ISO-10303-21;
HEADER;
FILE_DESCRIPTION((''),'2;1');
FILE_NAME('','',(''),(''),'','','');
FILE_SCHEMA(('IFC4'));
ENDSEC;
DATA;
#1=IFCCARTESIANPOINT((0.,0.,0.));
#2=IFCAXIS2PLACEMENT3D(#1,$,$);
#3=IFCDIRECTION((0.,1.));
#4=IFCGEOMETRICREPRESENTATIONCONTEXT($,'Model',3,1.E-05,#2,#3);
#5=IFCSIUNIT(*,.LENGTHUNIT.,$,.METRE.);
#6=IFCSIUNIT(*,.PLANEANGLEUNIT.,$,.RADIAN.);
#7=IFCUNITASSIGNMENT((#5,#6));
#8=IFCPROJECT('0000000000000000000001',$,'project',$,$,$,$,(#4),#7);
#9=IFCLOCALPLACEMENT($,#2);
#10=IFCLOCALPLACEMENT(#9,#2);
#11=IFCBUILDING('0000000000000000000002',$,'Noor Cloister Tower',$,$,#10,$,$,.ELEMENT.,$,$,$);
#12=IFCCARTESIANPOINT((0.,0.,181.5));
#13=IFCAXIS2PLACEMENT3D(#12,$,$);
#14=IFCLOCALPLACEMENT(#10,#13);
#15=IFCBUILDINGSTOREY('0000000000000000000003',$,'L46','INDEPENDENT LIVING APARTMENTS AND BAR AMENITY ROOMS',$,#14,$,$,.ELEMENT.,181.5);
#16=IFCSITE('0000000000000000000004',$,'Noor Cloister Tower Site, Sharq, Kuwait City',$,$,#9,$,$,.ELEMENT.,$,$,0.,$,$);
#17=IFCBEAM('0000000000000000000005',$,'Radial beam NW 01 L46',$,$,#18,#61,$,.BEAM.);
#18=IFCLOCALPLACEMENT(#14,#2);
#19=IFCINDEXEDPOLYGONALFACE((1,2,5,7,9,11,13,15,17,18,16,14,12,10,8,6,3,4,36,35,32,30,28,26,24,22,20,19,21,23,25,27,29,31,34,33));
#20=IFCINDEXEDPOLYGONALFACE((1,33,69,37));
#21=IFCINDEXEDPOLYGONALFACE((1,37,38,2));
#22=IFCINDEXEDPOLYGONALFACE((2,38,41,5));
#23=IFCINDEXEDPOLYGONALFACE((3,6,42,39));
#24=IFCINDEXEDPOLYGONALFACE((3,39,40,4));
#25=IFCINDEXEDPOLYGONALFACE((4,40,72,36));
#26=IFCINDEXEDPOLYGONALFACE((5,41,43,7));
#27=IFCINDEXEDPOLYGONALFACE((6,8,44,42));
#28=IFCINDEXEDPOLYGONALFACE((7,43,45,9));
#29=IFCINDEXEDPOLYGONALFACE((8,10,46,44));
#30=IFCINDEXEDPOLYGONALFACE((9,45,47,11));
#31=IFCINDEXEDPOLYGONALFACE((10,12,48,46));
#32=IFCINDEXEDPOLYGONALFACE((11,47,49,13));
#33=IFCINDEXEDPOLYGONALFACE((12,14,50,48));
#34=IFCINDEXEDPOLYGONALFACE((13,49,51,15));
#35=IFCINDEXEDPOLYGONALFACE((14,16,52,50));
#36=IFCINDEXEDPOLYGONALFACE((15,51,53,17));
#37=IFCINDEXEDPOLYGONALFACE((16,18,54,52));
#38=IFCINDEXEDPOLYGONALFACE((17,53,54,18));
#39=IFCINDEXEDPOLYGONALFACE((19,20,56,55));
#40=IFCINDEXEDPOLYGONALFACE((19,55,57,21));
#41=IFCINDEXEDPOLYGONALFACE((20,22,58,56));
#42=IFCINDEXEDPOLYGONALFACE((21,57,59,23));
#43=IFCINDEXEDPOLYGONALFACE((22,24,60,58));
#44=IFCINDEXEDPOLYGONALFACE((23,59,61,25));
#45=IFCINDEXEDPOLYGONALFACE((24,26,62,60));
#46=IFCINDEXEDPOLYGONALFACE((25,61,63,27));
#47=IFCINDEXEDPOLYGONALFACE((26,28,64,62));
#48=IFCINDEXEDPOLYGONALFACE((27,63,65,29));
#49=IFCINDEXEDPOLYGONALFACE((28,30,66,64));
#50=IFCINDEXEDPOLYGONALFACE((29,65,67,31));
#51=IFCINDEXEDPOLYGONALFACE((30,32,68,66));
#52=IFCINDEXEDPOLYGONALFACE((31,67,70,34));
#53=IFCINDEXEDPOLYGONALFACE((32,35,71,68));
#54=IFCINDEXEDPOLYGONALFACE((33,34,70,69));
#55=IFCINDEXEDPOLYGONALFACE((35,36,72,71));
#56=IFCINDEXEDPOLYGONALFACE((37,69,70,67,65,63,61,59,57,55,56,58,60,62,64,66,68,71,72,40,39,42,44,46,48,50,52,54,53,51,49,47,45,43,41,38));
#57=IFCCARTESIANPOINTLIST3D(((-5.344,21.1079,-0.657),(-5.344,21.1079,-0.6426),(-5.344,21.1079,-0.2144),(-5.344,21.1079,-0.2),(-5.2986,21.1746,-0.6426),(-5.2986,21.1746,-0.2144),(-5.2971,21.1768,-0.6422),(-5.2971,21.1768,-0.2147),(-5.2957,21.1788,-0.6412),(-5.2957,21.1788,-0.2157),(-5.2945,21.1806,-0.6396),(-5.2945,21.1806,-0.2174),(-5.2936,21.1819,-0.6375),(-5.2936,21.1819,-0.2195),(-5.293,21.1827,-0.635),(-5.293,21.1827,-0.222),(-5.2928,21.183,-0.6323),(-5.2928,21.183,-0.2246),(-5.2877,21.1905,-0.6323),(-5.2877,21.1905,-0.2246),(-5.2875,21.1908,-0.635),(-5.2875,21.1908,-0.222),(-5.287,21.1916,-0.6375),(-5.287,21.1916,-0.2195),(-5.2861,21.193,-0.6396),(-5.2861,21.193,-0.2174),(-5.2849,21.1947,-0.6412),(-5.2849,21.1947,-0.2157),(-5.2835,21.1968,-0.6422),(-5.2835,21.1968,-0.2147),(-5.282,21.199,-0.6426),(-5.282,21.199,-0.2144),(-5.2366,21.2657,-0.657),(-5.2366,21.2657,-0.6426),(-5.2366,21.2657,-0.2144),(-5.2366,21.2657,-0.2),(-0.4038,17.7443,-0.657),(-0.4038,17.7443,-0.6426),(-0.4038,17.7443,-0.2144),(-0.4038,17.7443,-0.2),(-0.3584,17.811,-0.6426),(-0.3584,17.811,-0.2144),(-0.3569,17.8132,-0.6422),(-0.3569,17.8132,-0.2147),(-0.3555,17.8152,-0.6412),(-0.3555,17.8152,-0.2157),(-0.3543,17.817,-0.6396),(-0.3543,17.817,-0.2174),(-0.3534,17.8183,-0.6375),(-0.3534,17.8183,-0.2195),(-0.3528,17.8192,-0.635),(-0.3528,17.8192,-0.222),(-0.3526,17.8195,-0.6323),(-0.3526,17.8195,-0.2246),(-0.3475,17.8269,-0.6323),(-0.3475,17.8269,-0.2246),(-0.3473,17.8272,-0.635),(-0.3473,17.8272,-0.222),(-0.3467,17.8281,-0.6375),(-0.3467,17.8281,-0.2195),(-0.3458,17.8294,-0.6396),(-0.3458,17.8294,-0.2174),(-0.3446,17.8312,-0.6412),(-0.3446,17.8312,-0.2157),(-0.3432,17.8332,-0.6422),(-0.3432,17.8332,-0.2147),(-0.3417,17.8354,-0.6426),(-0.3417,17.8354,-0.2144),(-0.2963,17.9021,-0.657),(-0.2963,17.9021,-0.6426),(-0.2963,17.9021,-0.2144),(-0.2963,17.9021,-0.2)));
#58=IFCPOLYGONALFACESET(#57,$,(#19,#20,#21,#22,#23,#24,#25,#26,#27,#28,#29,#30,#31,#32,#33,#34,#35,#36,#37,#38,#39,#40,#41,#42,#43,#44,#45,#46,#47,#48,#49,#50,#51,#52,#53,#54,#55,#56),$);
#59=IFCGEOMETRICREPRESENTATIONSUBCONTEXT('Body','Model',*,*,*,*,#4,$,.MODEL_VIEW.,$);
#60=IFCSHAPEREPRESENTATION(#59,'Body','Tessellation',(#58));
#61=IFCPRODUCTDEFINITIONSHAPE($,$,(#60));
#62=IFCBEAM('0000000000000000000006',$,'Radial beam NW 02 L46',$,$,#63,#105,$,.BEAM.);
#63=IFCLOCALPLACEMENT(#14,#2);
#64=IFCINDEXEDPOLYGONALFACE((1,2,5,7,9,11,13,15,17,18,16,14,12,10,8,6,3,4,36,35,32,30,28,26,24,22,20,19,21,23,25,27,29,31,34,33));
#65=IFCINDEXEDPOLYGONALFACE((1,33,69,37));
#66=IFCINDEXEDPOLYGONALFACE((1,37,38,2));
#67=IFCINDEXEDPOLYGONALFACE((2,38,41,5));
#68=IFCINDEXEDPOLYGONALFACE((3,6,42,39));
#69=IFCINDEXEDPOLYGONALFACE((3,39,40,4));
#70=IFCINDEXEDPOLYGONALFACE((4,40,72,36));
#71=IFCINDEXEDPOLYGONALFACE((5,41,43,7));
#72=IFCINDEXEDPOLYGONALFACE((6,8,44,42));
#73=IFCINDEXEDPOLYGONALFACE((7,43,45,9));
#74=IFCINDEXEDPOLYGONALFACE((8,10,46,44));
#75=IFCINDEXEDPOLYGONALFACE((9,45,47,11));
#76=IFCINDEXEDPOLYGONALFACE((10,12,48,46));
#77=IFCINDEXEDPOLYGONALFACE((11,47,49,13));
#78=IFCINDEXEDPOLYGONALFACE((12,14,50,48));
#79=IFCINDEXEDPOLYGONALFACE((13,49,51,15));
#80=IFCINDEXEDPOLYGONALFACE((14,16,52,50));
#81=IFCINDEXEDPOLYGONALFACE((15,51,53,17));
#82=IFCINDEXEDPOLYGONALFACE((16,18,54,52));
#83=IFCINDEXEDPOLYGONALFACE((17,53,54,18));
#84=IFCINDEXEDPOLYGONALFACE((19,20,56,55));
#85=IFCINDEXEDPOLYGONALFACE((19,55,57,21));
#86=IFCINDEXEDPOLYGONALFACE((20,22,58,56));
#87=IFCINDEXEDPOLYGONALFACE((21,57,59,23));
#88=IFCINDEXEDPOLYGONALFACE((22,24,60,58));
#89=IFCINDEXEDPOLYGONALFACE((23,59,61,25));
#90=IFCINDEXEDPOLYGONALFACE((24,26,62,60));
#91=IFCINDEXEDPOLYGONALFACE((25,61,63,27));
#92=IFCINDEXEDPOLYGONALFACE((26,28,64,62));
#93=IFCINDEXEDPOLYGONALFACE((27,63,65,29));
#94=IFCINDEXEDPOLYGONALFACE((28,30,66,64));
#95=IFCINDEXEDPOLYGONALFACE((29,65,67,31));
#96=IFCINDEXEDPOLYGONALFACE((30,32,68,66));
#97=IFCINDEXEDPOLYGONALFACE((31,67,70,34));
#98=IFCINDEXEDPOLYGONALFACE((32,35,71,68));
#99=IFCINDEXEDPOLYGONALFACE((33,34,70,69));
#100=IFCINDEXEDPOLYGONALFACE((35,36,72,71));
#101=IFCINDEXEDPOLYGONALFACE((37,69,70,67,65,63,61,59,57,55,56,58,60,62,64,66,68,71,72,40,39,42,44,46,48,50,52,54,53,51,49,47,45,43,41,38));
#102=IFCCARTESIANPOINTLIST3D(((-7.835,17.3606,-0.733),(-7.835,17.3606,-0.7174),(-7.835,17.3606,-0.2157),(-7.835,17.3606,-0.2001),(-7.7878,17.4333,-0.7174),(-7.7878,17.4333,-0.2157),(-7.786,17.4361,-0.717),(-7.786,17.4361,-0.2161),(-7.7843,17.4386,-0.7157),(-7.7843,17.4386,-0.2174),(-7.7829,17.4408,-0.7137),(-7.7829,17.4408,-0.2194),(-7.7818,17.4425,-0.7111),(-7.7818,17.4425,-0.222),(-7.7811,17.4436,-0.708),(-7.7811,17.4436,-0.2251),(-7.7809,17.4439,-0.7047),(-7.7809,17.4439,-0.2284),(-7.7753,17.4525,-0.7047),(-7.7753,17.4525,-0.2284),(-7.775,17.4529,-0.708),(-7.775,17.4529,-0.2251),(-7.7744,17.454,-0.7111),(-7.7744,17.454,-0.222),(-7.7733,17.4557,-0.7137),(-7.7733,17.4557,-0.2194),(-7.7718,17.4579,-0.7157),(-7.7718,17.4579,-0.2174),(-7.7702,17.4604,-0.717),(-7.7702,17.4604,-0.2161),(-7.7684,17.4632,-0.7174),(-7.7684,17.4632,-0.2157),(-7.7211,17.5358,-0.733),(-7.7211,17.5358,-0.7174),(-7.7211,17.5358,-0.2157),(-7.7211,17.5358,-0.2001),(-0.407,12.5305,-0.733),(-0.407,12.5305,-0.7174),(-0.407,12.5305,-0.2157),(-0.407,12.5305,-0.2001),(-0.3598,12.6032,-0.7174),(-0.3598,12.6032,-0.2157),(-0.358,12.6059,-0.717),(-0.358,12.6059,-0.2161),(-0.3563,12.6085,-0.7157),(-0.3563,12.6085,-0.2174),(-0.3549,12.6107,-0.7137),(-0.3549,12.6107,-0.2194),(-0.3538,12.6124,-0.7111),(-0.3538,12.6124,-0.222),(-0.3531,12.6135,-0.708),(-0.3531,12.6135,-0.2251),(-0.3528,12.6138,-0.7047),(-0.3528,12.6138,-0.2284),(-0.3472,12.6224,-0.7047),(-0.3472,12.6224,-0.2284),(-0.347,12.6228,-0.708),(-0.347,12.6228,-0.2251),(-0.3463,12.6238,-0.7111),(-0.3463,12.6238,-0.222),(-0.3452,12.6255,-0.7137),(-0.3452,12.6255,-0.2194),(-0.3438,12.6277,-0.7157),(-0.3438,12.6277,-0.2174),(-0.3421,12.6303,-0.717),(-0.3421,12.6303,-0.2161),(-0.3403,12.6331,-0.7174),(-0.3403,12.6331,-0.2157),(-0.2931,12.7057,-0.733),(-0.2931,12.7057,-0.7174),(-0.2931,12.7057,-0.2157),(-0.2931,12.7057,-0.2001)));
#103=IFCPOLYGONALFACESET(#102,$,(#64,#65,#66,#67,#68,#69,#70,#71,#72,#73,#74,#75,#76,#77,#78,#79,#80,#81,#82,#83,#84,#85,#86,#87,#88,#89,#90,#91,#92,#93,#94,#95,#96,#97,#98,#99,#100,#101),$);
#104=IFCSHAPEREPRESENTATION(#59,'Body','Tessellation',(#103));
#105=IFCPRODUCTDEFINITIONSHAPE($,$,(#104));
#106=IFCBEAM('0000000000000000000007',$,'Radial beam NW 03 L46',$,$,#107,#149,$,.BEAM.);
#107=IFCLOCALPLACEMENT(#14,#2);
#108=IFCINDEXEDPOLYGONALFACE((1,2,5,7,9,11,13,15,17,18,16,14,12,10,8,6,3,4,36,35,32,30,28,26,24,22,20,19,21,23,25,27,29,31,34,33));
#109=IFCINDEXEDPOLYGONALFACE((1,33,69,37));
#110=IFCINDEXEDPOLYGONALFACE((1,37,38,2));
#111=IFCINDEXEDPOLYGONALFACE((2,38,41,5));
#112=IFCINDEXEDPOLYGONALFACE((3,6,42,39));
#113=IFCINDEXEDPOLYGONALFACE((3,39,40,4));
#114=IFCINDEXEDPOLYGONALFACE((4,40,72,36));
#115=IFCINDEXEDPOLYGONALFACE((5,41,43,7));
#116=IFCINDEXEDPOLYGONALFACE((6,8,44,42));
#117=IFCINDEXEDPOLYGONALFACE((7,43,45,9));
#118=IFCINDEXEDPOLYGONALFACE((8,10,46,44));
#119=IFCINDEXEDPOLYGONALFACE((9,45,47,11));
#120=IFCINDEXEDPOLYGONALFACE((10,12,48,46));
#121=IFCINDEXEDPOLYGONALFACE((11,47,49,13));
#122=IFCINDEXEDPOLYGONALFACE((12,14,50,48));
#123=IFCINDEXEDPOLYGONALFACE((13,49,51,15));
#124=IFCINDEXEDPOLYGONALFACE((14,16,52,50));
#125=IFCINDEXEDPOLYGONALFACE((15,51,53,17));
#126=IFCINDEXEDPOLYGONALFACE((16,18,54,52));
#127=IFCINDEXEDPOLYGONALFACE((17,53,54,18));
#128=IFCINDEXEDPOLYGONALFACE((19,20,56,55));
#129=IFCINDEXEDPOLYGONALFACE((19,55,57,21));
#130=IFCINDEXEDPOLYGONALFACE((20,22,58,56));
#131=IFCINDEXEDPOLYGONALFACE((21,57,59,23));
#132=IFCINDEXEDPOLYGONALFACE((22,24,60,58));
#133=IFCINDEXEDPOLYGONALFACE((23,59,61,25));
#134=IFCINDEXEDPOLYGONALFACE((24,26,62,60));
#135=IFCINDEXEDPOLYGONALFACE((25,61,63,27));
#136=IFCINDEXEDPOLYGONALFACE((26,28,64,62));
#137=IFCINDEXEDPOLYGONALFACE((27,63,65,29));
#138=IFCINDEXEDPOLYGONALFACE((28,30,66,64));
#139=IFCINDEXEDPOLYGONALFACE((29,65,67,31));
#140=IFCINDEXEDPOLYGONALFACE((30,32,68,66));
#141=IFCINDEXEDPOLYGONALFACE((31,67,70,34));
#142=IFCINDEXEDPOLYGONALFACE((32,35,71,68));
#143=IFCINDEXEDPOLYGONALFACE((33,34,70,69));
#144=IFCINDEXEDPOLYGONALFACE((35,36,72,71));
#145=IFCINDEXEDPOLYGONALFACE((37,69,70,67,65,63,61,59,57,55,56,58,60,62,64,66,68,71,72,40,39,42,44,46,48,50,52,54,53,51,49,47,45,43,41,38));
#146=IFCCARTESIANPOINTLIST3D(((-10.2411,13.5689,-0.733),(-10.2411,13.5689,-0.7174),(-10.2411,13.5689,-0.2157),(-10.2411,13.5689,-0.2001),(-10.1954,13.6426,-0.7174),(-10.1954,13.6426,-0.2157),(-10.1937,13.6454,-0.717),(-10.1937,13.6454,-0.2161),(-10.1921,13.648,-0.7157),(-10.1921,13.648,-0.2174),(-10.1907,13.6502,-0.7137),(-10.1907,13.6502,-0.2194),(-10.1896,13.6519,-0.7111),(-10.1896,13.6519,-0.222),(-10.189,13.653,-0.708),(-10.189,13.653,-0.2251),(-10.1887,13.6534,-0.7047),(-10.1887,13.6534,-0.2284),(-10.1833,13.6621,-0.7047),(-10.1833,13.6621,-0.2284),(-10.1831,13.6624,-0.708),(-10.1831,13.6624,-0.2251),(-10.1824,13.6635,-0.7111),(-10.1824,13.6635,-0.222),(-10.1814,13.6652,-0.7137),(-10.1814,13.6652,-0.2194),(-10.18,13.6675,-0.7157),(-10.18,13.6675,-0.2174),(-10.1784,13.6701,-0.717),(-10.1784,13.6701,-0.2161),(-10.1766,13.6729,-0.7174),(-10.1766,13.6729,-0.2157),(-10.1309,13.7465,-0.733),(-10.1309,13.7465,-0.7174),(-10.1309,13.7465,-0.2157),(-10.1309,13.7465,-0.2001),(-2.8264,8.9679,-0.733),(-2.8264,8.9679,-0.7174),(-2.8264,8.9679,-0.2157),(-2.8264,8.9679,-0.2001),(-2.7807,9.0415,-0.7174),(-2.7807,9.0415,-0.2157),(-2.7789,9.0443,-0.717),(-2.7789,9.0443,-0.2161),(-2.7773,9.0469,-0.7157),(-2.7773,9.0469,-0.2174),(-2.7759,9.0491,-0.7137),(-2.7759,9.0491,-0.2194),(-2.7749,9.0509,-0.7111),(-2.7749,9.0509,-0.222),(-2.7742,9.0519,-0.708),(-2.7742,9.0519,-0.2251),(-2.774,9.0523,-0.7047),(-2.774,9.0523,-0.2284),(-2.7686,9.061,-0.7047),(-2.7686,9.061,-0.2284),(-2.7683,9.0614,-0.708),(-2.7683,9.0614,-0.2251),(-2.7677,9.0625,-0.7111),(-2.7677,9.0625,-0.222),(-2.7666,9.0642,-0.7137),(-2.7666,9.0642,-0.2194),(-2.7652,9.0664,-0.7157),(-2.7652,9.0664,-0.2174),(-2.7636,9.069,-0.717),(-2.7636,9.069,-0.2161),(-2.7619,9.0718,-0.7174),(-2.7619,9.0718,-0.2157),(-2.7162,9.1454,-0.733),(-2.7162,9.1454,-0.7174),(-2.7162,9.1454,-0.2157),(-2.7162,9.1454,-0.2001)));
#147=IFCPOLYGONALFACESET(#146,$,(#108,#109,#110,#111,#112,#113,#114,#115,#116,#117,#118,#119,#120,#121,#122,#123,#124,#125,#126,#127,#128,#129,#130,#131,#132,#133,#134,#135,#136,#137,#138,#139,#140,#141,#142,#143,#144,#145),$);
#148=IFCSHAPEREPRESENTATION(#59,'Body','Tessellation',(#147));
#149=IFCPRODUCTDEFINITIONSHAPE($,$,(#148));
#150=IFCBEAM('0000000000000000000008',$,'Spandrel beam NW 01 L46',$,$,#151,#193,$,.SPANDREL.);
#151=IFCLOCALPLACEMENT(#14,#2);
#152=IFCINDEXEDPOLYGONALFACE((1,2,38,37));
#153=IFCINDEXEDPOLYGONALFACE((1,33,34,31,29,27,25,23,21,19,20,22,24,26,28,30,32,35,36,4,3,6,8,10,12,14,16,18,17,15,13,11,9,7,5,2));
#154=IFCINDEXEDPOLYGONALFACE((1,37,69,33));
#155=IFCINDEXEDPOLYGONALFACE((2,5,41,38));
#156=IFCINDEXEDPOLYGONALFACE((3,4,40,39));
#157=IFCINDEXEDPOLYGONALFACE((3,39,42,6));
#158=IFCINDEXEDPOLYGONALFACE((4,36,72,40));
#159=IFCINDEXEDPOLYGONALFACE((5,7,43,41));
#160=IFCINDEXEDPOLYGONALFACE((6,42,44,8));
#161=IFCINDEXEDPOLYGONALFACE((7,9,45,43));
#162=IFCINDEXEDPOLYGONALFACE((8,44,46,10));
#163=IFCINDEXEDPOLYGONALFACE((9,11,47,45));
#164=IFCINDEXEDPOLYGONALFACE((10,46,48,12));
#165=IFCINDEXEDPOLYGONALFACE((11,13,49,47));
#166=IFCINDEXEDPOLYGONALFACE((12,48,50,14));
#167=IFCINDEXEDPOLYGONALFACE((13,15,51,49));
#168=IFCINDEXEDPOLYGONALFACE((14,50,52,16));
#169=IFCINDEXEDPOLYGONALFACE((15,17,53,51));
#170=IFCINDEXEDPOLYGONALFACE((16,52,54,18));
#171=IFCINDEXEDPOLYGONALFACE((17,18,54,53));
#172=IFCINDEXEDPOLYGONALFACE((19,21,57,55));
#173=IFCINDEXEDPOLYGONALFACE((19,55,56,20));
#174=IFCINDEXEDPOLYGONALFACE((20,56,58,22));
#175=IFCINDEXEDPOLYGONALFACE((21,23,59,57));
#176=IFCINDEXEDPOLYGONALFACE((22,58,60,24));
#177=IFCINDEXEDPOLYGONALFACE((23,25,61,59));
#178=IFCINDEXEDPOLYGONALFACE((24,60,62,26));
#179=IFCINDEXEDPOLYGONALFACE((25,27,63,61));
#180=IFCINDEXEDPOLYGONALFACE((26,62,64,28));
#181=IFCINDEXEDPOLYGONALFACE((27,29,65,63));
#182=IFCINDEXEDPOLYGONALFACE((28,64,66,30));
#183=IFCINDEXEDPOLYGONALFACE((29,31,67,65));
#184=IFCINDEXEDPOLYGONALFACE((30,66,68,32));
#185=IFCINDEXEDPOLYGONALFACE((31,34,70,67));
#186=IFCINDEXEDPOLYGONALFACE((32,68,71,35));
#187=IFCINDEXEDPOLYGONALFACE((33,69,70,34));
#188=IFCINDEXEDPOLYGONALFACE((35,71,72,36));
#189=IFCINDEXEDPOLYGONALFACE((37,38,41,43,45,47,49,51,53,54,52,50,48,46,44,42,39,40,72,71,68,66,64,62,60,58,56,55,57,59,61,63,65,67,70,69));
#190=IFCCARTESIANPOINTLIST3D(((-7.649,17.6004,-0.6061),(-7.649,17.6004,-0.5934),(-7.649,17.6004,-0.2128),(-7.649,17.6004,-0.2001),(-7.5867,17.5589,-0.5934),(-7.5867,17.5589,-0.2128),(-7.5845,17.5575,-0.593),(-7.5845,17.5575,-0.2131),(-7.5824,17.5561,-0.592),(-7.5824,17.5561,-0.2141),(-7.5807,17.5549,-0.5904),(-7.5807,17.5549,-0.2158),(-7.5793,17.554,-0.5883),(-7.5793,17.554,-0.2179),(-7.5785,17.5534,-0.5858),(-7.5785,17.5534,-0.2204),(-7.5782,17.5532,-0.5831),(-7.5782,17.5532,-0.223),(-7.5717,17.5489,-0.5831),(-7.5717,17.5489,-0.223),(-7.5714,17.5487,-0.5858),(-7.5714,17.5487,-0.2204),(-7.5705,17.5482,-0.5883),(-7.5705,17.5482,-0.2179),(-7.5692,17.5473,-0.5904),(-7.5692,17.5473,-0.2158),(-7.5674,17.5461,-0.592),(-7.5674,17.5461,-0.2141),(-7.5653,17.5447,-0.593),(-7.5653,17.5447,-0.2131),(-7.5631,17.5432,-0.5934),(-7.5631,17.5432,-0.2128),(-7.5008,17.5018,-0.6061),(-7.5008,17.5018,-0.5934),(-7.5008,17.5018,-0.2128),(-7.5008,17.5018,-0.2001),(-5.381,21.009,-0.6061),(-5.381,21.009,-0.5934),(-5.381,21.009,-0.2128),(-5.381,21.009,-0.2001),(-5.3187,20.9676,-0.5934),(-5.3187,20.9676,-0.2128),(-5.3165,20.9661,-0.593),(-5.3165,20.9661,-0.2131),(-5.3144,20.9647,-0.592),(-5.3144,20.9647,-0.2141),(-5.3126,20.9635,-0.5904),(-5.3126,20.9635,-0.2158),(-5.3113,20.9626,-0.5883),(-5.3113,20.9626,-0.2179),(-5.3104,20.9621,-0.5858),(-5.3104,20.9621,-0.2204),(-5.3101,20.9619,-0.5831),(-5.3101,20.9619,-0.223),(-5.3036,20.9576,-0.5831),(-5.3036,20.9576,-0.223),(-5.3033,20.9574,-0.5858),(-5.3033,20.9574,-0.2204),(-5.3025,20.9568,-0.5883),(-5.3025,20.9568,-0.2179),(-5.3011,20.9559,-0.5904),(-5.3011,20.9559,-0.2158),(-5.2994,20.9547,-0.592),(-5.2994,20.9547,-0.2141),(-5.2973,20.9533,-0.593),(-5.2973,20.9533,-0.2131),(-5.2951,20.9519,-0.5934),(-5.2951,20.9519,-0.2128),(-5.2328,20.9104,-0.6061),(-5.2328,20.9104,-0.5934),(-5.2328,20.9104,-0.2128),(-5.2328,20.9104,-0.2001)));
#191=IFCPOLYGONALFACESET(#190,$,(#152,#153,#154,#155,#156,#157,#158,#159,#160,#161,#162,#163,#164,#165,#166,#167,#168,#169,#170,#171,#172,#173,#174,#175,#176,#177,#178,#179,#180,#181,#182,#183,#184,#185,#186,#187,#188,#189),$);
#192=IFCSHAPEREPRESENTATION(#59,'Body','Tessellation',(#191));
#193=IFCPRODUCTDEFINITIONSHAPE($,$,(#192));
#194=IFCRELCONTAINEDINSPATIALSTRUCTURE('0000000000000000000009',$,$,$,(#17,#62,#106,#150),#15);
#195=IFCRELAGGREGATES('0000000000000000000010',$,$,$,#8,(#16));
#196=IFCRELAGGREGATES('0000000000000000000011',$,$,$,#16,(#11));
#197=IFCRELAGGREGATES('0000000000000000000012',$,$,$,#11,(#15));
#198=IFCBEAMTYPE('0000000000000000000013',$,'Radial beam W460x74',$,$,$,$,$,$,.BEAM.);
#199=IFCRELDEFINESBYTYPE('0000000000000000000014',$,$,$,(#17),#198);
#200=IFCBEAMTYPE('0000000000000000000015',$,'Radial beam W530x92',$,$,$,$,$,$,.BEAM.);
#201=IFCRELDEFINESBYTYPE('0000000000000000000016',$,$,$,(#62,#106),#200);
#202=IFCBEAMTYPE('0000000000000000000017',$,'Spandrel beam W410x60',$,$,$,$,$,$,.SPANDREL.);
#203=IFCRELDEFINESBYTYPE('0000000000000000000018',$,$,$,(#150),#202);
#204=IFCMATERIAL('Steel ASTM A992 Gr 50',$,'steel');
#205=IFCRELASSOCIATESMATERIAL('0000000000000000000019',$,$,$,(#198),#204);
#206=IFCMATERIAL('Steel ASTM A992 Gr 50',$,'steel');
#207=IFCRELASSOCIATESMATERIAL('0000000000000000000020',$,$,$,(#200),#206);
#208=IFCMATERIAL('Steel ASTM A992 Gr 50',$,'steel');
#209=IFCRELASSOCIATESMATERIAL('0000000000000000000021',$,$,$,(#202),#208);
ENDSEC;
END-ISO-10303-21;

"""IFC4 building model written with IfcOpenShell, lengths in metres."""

from ifc_helpers import new_model, si_unit, direction, frame, origin, origin_2d, place, context, subcontext, project, spatial, i_section, extrude, material, material_profile, profile_set, type_object, element, save


model = new_model("IFC4")

# Units and contexts
model_context = context("Model", 3, precision=1e-05, world=origin(), true_north=direction((0.0, 1.0)))
body_context = subcontext(model_context, "Body", "Model", "MODEL_VIEW")
ifc_project = project(units=[si_unit("LENGTHUNIT", "METRE"), si_unit("PLANEANGLEUNIT", "RADIAN")], contexts=[model_context])

# Site, building, storey
site_placement = place(None, origin())
site = spatial("IfcSite", under=ifc_project, at=site_placement, Name="Noor Cloister Tower Site, Sharq, Kuwait City", CompositionType="ELEMENT", RefElevation=0.0)
building_placement = place(site_placement, origin())
building = spatial("IfcBuilding", under=site, at=building_placement, Name="Noor Cloister Tower", CompositionType="ELEMENT")
storey_placement = place(building_placement, frame((0.0, 0.0, 181.5)))
storey = spatial("IfcBuildingStorey", under=building, at=storey_placement, Name="L46", Description="INDEPENDENT LIVING APARTMENTS AND BAR AMENITY ROOMS", CompositionType="ELEMENT", Elevation=181.5)

# Beams
ifc_material_1 = material(Name="Steel ASTM A992 Gr 50", Category="steel")
ifc_material_profile_1 = material_profile(ifc_material_1, i_section(OverallWidth=0.1909, OverallDepth=0.457, WebThickness=0.009, FlangeThickness=0.0144, FilletRadius=0.0103, at=origin_2d()), Name="W460x74")
ifc_profile_set_1 = profile_set([ifc_material_profile_1], Name="Steel ASTM A992 Gr 50")
beam_type_1 = type_object("IfcBeamType", Name="Radial beam W460x74", PredefinedType="BEAM", material=ifc_profile_set_1)
beam_1_placement = place(storey_placement, frame((-5.2903, 21.1868, -0.4285), z_axis=(0.8266, -0.56279, 0.0), x_axis=(0.56279, 0.8266, 0.0)))
element("IfcBeam", 1, at=beam_1_placement, inside=storey, type_object=beam_type_1, Name="Radial beam NW 01 L46", PredefinedType="BEAM", context=body_context, shape_type="SweptSolid", body=[
    extrude(i_section(OverallWidth=0.1909, OverallDepth=0.457, WebThickness=0.009, FlangeThickness=0.0144, FilletRadius=0.0103, at=origin_2d()), origin(), (0.0, 0.0, 1.0), 5.9766),
])
ifc_material_2 = material(Name="Steel ASTM A992 Gr 50", Category="steel")
ifc_material_profile_2 = material_profile(ifc_material_2, i_section(OverallWidth=0.209, OverallDepth=0.533, WebThickness=0.0103, FlangeThickness=0.0156, FilletRadius=0.0127, at=origin_2d()), Name="W530x92")
ifc_profile_set_2 = profile_set([ifc_material_profile_2], Name="Steel ASTM A992 Gr 50")
beam_type_2 = type_object("IfcBeamType", Name="Radial beam W530x92", PredefinedType="BEAM", material=ifc_profile_set_2)
beam_2_placement = place(storey_placement, frame((-7.7781, 17.4482, -0.4666), z_axis=(0.838346, -0.545138, 0.0), x_axis=(0.545138, 0.838346, 0.0)))
element("IfcBeam", 2, at=beam_2_placement, inside=storey, type_object=beam_type_2, Name="Radial beam NW 02 L46", PredefinedType="BEAM", context=body_context, shape_type="SweptSolid", body=[
    extrude(i_section(OverallWidth=0.209, OverallDepth=0.533, WebThickness=0.0103, FlangeThickness=0.0156, FilletRadius=0.0127, at=origin_2d()), origin(), (0.0, 0.0, 1.0), 8.8604),
])
beam_3_placement = place(storey_placement, frame((-10.186, 13.6577, -0.4666), z_axis=(0.849702, -0.527263, 0.0), x_axis=(0.527263, 0.849702, 0.0)))
element("IfcBeam", 3, at=beam_3_placement, inside=storey, type_object=beam_type_2, Name="Radial beam NW 03 L46", PredefinedType="BEAM", context=body_context, shape_type="SweptSolid", body=[
    extrude(i_section(OverallWidth=0.209, OverallDepth=0.533, WebThickness=0.0103, FlangeThickness=0.0156, FilletRadius=0.0127, at=origin_2d()), origin(), (0.0, 0.0, 1.0), 8.7263),
])
ifc_material_3 = material(Name="Steel ASTM A992 Gr 50", Category="steel")
ifc_material_profile_3 = material_profile(ifc_material_3, i_section(OverallWidth=0.178, OverallDepth=0.406, WebThickness=0.0078, FlangeThickness=0.0127, FilletRadius=0.0103, at=origin_2d()), Name="W410x60")
ifc_profile_set_3 = profile_set([ifc_material_profile_3], Name="Steel ASTM A992 Gr 50")
beam_type_3 = type_object("IfcBeamType", Name="Spandrel beam W410x60", PredefinedType="SPANDREL", material=ifc_profile_set_3)
for number, where, z_axis, x_axis, name in (
    (4, (-5.3069, 20.9597, -0.4031), (-0.553957, -0.832545, 0.0), (0.832545, -0.553957, 0.0), "Spandrel beam NW 01 L46"),
):
    element("IfcBeam", number, at=place(storey_placement, frame(where, z_axis=z_axis, x_axis=x_axis)), inside=storey, type_object=beam_type_3, Name=name, PredefinedType="SPANDREL", context=body_context, shape_type="SweptSolid", body=[
        extrude(i_section(OverallWidth=0.178, OverallDepth=0.406, WebThickness=0.0078, FlangeThickness=0.0127, FilletRadius=0.0103, at=origin_2d()), origin(), (0.0, 0.0, 1.0), 4.0942),
    ])

save(model, "model.ifc")
